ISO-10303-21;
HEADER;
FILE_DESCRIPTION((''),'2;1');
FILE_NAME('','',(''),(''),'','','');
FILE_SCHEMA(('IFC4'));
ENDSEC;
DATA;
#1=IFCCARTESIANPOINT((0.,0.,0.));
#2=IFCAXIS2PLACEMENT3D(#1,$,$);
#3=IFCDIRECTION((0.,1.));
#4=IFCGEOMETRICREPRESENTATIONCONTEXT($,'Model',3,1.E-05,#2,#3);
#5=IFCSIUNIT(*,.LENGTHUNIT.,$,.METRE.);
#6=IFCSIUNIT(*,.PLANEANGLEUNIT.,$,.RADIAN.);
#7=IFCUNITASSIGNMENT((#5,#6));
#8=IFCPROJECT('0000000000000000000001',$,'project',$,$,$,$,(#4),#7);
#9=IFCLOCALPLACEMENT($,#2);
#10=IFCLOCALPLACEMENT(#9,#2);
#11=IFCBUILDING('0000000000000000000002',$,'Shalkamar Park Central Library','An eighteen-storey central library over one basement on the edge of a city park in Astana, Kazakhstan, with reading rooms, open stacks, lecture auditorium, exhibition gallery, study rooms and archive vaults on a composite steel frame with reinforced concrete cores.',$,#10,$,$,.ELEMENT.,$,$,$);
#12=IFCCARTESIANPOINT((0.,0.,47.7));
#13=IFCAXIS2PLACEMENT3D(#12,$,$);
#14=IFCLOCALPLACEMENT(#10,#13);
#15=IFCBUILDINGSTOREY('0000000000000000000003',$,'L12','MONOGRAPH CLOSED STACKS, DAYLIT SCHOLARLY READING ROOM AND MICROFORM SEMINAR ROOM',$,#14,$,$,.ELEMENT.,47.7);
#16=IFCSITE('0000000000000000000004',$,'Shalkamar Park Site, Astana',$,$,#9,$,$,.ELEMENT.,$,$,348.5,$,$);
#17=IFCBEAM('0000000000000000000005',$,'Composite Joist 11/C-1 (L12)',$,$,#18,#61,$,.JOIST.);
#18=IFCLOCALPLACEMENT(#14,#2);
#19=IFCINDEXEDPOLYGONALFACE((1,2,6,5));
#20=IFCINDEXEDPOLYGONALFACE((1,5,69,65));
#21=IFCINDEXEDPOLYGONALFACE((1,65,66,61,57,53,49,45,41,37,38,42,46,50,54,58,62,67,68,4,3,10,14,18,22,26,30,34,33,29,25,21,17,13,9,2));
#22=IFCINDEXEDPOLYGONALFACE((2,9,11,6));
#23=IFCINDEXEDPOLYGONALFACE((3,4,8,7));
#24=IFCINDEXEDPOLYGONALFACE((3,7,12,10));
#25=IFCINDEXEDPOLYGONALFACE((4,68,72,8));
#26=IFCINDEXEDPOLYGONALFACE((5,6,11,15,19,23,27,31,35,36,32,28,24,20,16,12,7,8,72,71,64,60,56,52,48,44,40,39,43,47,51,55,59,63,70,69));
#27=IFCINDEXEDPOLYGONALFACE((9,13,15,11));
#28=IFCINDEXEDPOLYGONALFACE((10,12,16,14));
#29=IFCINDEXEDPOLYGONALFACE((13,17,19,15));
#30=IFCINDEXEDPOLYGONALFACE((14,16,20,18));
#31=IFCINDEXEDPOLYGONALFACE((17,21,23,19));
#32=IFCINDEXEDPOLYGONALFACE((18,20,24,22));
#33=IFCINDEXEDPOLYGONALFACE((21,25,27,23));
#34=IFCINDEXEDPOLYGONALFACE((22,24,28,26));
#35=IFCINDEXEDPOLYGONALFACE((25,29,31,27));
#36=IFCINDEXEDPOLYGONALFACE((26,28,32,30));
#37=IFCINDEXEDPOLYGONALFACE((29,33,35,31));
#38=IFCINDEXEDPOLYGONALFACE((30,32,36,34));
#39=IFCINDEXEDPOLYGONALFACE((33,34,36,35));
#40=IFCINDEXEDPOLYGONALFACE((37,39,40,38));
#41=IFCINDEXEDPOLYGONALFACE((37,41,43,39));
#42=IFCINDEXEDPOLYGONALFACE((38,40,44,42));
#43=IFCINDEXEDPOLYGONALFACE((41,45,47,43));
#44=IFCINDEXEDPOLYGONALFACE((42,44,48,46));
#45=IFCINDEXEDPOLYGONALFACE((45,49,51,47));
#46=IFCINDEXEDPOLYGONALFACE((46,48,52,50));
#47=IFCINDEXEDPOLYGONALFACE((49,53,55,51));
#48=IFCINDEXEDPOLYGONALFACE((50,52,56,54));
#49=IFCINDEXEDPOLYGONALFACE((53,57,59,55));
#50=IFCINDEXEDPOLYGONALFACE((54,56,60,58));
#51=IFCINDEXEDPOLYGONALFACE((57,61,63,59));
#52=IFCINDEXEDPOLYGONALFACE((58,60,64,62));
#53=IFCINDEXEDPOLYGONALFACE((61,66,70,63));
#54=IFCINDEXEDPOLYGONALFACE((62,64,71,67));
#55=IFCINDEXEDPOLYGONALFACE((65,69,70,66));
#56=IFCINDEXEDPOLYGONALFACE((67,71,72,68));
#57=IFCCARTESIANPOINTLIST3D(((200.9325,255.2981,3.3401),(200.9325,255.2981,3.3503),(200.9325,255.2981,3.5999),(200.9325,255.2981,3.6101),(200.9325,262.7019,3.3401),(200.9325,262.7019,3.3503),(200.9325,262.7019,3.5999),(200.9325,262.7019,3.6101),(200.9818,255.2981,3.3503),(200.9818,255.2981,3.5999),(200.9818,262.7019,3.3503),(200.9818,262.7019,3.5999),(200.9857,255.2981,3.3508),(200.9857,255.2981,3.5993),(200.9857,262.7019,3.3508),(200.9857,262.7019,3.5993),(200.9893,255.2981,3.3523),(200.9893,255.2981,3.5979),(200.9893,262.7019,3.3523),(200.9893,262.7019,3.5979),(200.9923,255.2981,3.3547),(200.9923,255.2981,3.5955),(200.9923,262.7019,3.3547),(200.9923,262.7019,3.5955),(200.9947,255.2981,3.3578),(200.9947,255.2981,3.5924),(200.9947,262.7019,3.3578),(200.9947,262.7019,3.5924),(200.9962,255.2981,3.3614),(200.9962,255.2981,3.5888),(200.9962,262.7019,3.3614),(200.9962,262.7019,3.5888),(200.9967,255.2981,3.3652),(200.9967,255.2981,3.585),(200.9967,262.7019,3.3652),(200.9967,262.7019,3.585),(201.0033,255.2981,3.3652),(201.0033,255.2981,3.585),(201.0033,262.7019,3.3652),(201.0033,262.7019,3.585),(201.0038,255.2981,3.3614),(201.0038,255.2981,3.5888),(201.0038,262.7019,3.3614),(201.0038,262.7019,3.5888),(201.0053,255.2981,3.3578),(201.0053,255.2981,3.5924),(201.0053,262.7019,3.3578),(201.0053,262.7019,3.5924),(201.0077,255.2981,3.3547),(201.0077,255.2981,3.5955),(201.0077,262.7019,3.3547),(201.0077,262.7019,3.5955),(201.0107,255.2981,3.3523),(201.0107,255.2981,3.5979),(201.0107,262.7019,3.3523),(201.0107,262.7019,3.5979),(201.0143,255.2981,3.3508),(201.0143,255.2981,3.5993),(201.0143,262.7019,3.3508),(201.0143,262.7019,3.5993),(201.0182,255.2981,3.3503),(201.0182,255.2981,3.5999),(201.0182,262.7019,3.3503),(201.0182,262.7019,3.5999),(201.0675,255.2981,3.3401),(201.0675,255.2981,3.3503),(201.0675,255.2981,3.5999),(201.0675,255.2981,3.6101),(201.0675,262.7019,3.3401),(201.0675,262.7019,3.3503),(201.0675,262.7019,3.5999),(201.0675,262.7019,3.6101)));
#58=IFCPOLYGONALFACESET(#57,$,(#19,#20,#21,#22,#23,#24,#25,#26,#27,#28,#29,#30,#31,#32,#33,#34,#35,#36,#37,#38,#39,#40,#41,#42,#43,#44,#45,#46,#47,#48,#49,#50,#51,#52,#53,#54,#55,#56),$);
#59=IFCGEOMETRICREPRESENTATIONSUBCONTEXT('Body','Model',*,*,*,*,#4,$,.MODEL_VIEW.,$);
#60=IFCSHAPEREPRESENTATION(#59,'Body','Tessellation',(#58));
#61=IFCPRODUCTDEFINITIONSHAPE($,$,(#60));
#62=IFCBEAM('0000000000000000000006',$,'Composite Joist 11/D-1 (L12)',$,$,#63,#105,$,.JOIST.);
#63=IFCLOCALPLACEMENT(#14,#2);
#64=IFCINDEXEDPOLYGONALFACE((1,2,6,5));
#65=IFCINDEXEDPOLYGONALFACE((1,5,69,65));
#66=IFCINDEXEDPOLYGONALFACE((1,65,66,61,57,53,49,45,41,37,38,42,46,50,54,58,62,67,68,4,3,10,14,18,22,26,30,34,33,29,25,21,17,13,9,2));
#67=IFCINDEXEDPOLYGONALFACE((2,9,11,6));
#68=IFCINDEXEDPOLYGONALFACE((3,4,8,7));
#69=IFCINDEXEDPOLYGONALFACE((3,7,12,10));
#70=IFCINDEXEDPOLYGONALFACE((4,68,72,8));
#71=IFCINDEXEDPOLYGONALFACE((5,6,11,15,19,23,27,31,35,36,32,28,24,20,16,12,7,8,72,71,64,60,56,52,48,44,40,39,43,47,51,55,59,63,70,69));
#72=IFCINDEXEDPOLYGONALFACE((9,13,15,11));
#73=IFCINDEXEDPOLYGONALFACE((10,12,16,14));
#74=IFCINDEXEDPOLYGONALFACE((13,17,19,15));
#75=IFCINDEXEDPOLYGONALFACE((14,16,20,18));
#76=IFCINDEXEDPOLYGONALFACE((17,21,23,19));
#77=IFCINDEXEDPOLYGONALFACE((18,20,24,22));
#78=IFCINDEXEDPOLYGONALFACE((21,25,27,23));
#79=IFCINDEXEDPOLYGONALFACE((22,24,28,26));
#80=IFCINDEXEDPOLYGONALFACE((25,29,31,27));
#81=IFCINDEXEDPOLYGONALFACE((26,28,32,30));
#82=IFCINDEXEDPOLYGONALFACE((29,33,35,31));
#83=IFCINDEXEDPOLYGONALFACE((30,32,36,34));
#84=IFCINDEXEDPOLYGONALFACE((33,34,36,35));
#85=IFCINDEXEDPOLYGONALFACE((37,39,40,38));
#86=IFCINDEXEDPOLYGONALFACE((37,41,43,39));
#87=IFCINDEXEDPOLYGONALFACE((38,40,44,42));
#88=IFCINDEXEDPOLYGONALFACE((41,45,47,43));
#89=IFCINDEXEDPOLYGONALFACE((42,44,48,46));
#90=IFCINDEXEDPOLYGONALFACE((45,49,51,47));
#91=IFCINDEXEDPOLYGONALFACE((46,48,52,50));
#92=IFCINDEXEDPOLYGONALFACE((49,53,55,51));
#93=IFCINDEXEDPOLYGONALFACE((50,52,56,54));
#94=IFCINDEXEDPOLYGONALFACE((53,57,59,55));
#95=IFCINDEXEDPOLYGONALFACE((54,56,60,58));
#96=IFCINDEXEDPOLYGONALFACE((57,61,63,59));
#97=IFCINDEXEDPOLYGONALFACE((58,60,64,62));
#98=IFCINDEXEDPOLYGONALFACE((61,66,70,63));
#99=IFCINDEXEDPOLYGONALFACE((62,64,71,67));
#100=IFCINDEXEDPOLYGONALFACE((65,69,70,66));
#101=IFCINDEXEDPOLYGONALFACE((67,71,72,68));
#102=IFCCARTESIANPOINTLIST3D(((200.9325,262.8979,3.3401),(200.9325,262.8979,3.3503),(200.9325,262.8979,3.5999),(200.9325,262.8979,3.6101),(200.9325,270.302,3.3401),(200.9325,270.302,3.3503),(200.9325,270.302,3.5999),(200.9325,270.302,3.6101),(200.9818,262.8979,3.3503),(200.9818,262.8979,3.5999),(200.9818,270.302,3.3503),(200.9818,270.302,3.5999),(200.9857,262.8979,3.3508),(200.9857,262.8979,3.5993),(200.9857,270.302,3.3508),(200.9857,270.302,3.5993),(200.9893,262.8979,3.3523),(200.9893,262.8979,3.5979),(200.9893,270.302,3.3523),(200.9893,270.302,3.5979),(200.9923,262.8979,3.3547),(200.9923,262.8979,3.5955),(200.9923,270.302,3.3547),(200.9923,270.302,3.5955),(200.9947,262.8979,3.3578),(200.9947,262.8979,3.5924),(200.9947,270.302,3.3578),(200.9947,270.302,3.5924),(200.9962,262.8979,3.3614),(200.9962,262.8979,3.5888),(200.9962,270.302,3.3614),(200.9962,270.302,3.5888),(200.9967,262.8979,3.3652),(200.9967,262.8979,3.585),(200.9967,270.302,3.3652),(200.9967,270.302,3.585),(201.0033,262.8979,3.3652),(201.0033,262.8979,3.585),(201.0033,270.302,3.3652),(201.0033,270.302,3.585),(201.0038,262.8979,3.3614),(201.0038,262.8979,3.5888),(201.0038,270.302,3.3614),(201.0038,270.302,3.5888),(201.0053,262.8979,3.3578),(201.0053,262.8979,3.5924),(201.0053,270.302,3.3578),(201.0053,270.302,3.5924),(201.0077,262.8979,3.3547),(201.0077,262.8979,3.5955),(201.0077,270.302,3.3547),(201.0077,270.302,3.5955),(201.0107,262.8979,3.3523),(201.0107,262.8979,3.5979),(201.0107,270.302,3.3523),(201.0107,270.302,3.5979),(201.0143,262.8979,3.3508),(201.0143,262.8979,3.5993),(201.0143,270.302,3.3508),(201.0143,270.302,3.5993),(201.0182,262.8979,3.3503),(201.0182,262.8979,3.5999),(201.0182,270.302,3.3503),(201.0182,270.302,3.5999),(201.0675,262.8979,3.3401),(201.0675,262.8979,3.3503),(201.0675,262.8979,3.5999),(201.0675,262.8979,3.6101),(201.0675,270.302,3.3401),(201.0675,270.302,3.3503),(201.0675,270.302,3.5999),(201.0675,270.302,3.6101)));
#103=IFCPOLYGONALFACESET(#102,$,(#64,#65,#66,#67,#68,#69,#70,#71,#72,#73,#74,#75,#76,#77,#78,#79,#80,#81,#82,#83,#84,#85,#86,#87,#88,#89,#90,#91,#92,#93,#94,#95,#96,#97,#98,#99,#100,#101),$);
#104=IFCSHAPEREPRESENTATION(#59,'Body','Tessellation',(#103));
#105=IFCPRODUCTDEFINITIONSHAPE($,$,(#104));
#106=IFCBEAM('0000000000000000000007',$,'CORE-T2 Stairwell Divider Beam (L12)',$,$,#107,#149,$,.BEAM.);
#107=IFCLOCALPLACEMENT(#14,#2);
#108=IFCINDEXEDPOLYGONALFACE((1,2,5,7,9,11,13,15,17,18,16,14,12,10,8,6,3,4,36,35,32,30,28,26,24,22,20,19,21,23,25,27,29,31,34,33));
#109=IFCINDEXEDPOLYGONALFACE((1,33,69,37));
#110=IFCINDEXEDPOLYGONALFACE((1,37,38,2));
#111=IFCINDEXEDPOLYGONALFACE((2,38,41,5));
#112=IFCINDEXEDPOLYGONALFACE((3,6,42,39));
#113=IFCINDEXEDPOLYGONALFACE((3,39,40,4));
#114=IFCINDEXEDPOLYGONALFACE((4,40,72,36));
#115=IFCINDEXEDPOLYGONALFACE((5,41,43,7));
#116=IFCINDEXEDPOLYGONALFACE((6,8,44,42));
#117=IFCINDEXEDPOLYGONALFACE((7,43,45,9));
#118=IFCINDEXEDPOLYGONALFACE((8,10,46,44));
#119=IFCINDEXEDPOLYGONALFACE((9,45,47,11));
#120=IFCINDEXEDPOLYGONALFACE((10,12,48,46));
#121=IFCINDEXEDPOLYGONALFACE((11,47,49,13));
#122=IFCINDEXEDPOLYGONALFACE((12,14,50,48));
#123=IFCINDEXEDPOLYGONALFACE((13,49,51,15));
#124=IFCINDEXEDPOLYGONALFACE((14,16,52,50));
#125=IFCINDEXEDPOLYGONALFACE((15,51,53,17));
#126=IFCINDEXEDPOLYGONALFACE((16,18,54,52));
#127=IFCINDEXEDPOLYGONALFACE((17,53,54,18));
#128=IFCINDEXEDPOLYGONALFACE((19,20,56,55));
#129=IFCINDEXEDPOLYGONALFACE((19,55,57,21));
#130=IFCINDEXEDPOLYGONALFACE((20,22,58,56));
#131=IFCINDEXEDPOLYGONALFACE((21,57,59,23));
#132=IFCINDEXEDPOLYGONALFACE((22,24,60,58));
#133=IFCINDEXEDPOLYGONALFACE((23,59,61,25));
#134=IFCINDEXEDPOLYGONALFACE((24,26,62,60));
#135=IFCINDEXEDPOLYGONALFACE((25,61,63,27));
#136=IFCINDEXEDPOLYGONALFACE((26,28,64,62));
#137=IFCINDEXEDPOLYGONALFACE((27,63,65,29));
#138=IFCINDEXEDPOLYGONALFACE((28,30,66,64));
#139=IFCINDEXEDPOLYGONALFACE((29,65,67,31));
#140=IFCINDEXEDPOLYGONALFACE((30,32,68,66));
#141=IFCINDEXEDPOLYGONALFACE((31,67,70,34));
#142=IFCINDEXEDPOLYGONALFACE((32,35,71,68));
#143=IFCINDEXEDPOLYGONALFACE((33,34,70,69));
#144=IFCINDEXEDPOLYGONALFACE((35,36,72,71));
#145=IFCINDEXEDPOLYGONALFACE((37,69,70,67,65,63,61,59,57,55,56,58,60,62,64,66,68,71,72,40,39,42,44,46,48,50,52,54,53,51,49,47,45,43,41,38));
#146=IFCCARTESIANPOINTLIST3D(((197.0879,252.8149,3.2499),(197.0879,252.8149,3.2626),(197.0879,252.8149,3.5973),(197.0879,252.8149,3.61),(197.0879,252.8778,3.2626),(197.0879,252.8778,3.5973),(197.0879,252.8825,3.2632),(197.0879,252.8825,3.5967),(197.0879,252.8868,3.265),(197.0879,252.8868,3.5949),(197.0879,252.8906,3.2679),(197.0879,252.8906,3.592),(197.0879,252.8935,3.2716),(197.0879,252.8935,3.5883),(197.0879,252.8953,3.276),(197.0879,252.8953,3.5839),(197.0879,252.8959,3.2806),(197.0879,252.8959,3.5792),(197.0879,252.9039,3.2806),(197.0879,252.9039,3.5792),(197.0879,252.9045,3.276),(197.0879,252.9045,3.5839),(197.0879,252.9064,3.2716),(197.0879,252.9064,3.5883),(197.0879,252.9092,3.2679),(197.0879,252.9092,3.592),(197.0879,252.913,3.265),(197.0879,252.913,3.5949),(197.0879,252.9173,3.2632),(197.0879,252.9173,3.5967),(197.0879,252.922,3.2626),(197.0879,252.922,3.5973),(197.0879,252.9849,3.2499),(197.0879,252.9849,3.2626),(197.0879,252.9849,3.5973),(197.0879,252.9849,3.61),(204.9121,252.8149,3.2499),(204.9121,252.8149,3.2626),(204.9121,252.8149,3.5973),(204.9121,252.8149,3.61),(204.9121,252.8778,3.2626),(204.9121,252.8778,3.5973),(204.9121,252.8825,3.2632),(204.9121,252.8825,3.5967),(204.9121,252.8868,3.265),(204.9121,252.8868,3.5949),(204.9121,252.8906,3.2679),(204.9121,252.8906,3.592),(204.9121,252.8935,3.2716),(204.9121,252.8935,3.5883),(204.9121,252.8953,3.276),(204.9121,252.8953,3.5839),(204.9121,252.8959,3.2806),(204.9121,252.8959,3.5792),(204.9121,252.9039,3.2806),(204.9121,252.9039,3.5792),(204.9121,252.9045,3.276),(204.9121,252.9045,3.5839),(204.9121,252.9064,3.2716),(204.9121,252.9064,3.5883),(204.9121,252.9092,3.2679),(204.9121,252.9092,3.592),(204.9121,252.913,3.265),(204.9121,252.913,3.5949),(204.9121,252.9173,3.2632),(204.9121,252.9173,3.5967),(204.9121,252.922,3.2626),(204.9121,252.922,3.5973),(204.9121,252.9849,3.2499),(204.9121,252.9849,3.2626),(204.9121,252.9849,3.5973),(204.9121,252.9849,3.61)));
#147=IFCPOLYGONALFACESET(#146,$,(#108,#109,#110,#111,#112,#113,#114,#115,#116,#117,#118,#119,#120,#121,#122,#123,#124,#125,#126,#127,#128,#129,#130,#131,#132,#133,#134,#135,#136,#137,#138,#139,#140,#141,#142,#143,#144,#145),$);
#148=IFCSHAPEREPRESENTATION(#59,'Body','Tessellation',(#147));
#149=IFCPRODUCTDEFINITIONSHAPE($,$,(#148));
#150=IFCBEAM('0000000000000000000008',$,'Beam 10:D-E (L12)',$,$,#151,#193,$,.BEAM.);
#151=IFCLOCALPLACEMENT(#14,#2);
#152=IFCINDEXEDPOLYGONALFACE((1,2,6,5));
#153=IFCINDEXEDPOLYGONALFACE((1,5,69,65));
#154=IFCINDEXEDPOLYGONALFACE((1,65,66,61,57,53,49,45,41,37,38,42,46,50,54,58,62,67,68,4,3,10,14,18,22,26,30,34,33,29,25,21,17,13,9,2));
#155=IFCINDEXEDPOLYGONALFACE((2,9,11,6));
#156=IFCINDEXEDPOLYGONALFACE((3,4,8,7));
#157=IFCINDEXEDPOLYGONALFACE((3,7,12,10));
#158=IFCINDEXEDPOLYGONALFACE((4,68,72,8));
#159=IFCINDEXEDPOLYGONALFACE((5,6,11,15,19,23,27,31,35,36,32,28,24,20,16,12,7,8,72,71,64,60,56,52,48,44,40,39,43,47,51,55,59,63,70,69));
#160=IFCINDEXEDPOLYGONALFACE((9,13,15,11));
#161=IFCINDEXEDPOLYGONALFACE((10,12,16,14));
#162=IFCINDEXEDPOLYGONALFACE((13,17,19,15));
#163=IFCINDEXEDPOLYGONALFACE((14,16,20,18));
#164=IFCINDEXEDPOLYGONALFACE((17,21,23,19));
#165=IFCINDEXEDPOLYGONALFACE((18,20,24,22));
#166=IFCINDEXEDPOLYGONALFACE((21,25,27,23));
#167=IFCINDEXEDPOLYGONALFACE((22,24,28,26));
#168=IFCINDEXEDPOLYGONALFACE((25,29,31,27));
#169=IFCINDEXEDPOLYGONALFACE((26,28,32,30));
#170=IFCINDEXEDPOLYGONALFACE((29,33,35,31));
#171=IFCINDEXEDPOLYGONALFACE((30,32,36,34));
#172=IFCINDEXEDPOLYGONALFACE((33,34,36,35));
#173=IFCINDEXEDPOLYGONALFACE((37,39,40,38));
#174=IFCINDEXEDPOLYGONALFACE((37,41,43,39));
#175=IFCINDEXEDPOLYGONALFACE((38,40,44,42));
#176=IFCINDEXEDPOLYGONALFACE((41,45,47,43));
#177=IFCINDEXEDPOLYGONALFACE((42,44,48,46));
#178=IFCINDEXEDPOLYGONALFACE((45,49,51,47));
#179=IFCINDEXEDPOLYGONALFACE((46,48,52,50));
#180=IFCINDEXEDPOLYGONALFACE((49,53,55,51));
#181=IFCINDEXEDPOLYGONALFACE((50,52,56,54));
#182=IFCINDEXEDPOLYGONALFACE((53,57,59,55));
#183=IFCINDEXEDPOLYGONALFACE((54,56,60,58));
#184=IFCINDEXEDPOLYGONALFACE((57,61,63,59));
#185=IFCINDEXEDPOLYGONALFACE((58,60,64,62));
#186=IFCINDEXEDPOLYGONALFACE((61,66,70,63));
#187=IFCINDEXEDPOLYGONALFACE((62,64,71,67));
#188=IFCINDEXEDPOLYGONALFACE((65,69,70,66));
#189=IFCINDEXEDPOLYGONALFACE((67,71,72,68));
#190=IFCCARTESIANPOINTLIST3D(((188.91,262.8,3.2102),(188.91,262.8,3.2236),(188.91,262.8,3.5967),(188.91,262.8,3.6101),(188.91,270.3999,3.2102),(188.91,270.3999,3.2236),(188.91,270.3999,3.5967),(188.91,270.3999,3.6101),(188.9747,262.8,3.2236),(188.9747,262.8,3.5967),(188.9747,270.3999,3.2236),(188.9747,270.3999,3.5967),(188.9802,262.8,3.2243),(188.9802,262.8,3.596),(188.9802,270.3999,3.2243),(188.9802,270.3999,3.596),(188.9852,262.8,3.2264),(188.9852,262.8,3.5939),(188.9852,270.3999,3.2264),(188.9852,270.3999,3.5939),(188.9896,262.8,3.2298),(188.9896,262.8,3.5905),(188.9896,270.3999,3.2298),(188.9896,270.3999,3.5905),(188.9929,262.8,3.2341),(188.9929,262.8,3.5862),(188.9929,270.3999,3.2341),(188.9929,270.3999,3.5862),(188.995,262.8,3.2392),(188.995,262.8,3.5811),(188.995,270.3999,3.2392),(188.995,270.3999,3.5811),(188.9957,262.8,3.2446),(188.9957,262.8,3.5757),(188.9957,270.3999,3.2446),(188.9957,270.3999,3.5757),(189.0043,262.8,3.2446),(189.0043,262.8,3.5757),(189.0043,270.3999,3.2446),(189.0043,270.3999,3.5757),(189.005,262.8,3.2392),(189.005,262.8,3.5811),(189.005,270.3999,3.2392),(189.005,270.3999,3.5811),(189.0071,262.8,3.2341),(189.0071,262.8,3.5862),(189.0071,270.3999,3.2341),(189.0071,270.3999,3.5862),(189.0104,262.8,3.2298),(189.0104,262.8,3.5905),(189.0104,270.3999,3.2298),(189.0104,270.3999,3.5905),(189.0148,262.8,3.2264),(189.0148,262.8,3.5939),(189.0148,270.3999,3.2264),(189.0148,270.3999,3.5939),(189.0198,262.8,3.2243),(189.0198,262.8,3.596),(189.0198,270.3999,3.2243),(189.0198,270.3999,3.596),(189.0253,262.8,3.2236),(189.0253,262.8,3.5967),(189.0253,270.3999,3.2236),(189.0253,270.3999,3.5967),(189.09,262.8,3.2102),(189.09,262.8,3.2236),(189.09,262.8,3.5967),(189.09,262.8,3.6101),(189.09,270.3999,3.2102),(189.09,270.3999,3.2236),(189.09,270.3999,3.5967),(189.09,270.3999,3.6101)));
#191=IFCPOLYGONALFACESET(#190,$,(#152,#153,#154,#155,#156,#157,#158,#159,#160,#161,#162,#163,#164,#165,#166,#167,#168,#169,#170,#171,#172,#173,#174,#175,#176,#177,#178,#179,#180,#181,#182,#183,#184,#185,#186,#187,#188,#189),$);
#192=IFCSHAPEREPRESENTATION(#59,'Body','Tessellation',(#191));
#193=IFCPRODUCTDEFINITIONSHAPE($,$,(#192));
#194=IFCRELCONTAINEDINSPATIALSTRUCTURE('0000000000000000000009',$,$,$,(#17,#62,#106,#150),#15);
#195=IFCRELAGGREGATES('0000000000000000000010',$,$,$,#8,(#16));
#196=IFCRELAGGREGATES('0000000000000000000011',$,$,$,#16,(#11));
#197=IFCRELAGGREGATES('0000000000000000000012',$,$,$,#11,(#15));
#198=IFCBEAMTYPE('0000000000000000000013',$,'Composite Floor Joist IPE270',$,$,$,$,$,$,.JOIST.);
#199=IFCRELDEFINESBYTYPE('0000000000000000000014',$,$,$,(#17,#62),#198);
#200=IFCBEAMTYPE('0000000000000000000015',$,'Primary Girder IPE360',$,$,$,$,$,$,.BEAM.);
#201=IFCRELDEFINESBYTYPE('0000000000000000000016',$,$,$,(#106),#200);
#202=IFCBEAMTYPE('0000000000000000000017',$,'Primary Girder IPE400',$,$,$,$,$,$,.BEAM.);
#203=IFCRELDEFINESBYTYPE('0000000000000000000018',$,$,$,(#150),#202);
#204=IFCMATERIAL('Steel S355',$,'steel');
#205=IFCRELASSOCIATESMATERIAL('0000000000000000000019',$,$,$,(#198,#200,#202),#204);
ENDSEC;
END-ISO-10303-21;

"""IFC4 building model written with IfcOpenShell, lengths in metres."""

from ifc_helpers import new_model, si_unit, direction, frame, origin, origin_2d, place, context, subcontext, project, spatial, i_section, extrude, material, material_profile, profile_set, type_object, element, save


model = new_model("IFC4")

# Units and contexts
model_context = context("Model", 3, precision=1e-05, world=origin(), true_north=direction((0.0, 1.0)))
body_context = subcontext(model_context, "Body", "Model", "MODEL_VIEW")
ifc_project = project(units=[si_unit("LENGTHUNIT", "METRE"), si_unit("PLANEANGLEUNIT", "RADIAN")], contexts=[model_context])

# Site, building, storey
site_placement = place(None, origin())
site = spatial("IfcSite", under=ifc_project, at=site_placement, Name="Shalkamar Park Site, Astana", CompositionType="ELEMENT", RefElevation=348.5)
building_placement = place(site_placement, origin())
building = spatial("IfcBuilding", under=site, at=building_placement, Name="Shalkamar Park Central Library", Description="An eighteen-storey central library over one basement on the edge of a city park in Astana, Kazakhstan, with reading rooms, open stacks, lecture auditorium, exhibition gallery, study rooms and archive vaults on a composite steel frame with reinforced concrete cores.", CompositionType="ELEMENT")
storey_placement = place(building_placement, frame((0.0, 0.0, 47.7)))
storey = spatial("IfcBuildingStorey", under=building, at=storey_placement, Name="L12", Description="MONOGRAPH CLOSED STACKS, DAYLIT SCHOLARLY READING ROOM AND MICROFORM SEMINAR ROOM", CompositionType="ELEMENT", Elevation=47.7)

# Shared definitions
ifc_material_1 = material(Name="Steel S355", Category="steel")

# Beams
ifc_material_profile_1 = material_profile(ifc_material_1, i_section(OverallWidth=0.135, OverallDepth=0.27, WebThickness=0.0066, FlangeThickness=0.0103, FilletRadius=0.0149, at=origin_2d()), Name="IPE 270")
ifc_profile_set_1 = profile_set([ifc_material_profile_1], Name="Steel S355")
beam_type_1 = type_object("IfcBeamType", Name="Composite Floor Joist IPE270", PredefinedType="JOIST", material=ifc_profile_set_1)
beam_1_placement = place(storey_placement, frame((201.0, 255.2981, 3.4751), z_axis=(0.0, 1.0, 0.0), x_axis=(-1.0, 0.0, 0.0)))
element("IfcBeam", 1, at=beam_1_placement, inside=storey, type_object=beam_type_1, Name="Composite Joist 11/C-1 (L12)", PredefinedType="JOIST", context=body_context, shape_type="SweptSolid", body=[
    extrude(i_section(OverallWidth=0.135, OverallDepth=0.27, WebThickness=0.0066, FlangeThickness=0.0103, FilletRadius=0.0149, at=origin_2d()), origin(), (0.0, 0.0, 1.0), 7.4038),
])
beam_2_placement = place(storey_placement, frame((201.0, 262.8979, 3.4751), z_axis=(0.0, 1.0, 0.0), x_axis=(-1.0, 0.0, 0.0)))
element("IfcBeam", 2, at=beam_2_placement, inside=storey, type_object=beam_type_1, Name="Composite Joist 11/D-1 (L12)", PredefinedType="JOIST", context=body_context, shape_type="SweptSolid", body=[
    extrude(i_section(OverallWidth=0.135, OverallDepth=0.27, WebThickness=0.0066, FlangeThickness=0.0103, FilletRadius=0.0149, at=origin_2d()), origin(), (0.0, 0.0, 1.0), 7.4041),
])
ifc_material_profile_2 = material_profile(ifc_material_1, i_section(OverallWidth=0.1699, OverallDepth=0.3601, WebThickness=0.0081, FlangeThickness=0.0127, FilletRadius=0.0181, at=origin_2d()), Name="IPE 360")
ifc_profile_set_2 = profile_set([ifc_material_profile_2], Name="Steel S355")
beam_type_2 = type_object("IfcBeamType", Name="Primary Girder IPE360", PredefinedType="BEAM", material=ifc_profile_set_2)
beam_3_placement = place(storey_placement, frame((197.0879, 252.8999, 3.4299), z_axis=(1.0, 0.0, 0.0), x_axis=(0.0, 1.0, 0.0)))
element("IfcBeam", 3, at=beam_3_placement, inside=storey, type_object=beam_type_2, Name="CORE-T2 Stairwell Divider Beam (L12)", PredefinedType="BEAM", context=body_context, shape_type="SweptSolid", body=[
    extrude(i_section(OverallWidth=0.1699, OverallDepth=0.3601, WebThickness=0.0081, FlangeThickness=0.0127, FilletRadius=0.0181, at=origin_2d()), origin(), (0.0, 0.0, 1.0), 7.8242),
])
ifc_material_profile_3 = material_profile(ifc_material_1, i_section(OverallWidth=0.1799, OverallDepth=0.3999, WebThickness=0.0085, FlangeThickness=0.0134, FilletRadius=0.021, at=origin_2d()), Name="IPE 400")
ifc_profile_set_3 = profile_set([ifc_material_profile_3], Name="Steel S355")
beam_type_3 = type_object("IfcBeamType", Name="Primary Girder IPE400", PredefinedType="BEAM", material=ifc_profile_set_3)
beam_4_placement = place(storey_placement, frame((189.0, 262.8, 3.4102), z_axis=(0.0, 1.0, 0.0), x_axis=(-1.0, 0.0, 0.0)))
element("IfcBeam", 4, at=beam_4_placement, inside=storey, type_object=beam_type_3, Name="Beam 10:D-E (L12)", PredefinedType="BEAM", context=body_context, shape_type="SweptSolid", body=[
    extrude(i_section(OverallWidth=0.1799, OverallDepth=0.3999, WebThickness=0.0085, FlangeThickness=0.0134, FilletRadius=0.021, at=origin_2d()), origin(), (0.0, 0.0, 1.0), 7.5999),
])

save(model, "model.ifc")
